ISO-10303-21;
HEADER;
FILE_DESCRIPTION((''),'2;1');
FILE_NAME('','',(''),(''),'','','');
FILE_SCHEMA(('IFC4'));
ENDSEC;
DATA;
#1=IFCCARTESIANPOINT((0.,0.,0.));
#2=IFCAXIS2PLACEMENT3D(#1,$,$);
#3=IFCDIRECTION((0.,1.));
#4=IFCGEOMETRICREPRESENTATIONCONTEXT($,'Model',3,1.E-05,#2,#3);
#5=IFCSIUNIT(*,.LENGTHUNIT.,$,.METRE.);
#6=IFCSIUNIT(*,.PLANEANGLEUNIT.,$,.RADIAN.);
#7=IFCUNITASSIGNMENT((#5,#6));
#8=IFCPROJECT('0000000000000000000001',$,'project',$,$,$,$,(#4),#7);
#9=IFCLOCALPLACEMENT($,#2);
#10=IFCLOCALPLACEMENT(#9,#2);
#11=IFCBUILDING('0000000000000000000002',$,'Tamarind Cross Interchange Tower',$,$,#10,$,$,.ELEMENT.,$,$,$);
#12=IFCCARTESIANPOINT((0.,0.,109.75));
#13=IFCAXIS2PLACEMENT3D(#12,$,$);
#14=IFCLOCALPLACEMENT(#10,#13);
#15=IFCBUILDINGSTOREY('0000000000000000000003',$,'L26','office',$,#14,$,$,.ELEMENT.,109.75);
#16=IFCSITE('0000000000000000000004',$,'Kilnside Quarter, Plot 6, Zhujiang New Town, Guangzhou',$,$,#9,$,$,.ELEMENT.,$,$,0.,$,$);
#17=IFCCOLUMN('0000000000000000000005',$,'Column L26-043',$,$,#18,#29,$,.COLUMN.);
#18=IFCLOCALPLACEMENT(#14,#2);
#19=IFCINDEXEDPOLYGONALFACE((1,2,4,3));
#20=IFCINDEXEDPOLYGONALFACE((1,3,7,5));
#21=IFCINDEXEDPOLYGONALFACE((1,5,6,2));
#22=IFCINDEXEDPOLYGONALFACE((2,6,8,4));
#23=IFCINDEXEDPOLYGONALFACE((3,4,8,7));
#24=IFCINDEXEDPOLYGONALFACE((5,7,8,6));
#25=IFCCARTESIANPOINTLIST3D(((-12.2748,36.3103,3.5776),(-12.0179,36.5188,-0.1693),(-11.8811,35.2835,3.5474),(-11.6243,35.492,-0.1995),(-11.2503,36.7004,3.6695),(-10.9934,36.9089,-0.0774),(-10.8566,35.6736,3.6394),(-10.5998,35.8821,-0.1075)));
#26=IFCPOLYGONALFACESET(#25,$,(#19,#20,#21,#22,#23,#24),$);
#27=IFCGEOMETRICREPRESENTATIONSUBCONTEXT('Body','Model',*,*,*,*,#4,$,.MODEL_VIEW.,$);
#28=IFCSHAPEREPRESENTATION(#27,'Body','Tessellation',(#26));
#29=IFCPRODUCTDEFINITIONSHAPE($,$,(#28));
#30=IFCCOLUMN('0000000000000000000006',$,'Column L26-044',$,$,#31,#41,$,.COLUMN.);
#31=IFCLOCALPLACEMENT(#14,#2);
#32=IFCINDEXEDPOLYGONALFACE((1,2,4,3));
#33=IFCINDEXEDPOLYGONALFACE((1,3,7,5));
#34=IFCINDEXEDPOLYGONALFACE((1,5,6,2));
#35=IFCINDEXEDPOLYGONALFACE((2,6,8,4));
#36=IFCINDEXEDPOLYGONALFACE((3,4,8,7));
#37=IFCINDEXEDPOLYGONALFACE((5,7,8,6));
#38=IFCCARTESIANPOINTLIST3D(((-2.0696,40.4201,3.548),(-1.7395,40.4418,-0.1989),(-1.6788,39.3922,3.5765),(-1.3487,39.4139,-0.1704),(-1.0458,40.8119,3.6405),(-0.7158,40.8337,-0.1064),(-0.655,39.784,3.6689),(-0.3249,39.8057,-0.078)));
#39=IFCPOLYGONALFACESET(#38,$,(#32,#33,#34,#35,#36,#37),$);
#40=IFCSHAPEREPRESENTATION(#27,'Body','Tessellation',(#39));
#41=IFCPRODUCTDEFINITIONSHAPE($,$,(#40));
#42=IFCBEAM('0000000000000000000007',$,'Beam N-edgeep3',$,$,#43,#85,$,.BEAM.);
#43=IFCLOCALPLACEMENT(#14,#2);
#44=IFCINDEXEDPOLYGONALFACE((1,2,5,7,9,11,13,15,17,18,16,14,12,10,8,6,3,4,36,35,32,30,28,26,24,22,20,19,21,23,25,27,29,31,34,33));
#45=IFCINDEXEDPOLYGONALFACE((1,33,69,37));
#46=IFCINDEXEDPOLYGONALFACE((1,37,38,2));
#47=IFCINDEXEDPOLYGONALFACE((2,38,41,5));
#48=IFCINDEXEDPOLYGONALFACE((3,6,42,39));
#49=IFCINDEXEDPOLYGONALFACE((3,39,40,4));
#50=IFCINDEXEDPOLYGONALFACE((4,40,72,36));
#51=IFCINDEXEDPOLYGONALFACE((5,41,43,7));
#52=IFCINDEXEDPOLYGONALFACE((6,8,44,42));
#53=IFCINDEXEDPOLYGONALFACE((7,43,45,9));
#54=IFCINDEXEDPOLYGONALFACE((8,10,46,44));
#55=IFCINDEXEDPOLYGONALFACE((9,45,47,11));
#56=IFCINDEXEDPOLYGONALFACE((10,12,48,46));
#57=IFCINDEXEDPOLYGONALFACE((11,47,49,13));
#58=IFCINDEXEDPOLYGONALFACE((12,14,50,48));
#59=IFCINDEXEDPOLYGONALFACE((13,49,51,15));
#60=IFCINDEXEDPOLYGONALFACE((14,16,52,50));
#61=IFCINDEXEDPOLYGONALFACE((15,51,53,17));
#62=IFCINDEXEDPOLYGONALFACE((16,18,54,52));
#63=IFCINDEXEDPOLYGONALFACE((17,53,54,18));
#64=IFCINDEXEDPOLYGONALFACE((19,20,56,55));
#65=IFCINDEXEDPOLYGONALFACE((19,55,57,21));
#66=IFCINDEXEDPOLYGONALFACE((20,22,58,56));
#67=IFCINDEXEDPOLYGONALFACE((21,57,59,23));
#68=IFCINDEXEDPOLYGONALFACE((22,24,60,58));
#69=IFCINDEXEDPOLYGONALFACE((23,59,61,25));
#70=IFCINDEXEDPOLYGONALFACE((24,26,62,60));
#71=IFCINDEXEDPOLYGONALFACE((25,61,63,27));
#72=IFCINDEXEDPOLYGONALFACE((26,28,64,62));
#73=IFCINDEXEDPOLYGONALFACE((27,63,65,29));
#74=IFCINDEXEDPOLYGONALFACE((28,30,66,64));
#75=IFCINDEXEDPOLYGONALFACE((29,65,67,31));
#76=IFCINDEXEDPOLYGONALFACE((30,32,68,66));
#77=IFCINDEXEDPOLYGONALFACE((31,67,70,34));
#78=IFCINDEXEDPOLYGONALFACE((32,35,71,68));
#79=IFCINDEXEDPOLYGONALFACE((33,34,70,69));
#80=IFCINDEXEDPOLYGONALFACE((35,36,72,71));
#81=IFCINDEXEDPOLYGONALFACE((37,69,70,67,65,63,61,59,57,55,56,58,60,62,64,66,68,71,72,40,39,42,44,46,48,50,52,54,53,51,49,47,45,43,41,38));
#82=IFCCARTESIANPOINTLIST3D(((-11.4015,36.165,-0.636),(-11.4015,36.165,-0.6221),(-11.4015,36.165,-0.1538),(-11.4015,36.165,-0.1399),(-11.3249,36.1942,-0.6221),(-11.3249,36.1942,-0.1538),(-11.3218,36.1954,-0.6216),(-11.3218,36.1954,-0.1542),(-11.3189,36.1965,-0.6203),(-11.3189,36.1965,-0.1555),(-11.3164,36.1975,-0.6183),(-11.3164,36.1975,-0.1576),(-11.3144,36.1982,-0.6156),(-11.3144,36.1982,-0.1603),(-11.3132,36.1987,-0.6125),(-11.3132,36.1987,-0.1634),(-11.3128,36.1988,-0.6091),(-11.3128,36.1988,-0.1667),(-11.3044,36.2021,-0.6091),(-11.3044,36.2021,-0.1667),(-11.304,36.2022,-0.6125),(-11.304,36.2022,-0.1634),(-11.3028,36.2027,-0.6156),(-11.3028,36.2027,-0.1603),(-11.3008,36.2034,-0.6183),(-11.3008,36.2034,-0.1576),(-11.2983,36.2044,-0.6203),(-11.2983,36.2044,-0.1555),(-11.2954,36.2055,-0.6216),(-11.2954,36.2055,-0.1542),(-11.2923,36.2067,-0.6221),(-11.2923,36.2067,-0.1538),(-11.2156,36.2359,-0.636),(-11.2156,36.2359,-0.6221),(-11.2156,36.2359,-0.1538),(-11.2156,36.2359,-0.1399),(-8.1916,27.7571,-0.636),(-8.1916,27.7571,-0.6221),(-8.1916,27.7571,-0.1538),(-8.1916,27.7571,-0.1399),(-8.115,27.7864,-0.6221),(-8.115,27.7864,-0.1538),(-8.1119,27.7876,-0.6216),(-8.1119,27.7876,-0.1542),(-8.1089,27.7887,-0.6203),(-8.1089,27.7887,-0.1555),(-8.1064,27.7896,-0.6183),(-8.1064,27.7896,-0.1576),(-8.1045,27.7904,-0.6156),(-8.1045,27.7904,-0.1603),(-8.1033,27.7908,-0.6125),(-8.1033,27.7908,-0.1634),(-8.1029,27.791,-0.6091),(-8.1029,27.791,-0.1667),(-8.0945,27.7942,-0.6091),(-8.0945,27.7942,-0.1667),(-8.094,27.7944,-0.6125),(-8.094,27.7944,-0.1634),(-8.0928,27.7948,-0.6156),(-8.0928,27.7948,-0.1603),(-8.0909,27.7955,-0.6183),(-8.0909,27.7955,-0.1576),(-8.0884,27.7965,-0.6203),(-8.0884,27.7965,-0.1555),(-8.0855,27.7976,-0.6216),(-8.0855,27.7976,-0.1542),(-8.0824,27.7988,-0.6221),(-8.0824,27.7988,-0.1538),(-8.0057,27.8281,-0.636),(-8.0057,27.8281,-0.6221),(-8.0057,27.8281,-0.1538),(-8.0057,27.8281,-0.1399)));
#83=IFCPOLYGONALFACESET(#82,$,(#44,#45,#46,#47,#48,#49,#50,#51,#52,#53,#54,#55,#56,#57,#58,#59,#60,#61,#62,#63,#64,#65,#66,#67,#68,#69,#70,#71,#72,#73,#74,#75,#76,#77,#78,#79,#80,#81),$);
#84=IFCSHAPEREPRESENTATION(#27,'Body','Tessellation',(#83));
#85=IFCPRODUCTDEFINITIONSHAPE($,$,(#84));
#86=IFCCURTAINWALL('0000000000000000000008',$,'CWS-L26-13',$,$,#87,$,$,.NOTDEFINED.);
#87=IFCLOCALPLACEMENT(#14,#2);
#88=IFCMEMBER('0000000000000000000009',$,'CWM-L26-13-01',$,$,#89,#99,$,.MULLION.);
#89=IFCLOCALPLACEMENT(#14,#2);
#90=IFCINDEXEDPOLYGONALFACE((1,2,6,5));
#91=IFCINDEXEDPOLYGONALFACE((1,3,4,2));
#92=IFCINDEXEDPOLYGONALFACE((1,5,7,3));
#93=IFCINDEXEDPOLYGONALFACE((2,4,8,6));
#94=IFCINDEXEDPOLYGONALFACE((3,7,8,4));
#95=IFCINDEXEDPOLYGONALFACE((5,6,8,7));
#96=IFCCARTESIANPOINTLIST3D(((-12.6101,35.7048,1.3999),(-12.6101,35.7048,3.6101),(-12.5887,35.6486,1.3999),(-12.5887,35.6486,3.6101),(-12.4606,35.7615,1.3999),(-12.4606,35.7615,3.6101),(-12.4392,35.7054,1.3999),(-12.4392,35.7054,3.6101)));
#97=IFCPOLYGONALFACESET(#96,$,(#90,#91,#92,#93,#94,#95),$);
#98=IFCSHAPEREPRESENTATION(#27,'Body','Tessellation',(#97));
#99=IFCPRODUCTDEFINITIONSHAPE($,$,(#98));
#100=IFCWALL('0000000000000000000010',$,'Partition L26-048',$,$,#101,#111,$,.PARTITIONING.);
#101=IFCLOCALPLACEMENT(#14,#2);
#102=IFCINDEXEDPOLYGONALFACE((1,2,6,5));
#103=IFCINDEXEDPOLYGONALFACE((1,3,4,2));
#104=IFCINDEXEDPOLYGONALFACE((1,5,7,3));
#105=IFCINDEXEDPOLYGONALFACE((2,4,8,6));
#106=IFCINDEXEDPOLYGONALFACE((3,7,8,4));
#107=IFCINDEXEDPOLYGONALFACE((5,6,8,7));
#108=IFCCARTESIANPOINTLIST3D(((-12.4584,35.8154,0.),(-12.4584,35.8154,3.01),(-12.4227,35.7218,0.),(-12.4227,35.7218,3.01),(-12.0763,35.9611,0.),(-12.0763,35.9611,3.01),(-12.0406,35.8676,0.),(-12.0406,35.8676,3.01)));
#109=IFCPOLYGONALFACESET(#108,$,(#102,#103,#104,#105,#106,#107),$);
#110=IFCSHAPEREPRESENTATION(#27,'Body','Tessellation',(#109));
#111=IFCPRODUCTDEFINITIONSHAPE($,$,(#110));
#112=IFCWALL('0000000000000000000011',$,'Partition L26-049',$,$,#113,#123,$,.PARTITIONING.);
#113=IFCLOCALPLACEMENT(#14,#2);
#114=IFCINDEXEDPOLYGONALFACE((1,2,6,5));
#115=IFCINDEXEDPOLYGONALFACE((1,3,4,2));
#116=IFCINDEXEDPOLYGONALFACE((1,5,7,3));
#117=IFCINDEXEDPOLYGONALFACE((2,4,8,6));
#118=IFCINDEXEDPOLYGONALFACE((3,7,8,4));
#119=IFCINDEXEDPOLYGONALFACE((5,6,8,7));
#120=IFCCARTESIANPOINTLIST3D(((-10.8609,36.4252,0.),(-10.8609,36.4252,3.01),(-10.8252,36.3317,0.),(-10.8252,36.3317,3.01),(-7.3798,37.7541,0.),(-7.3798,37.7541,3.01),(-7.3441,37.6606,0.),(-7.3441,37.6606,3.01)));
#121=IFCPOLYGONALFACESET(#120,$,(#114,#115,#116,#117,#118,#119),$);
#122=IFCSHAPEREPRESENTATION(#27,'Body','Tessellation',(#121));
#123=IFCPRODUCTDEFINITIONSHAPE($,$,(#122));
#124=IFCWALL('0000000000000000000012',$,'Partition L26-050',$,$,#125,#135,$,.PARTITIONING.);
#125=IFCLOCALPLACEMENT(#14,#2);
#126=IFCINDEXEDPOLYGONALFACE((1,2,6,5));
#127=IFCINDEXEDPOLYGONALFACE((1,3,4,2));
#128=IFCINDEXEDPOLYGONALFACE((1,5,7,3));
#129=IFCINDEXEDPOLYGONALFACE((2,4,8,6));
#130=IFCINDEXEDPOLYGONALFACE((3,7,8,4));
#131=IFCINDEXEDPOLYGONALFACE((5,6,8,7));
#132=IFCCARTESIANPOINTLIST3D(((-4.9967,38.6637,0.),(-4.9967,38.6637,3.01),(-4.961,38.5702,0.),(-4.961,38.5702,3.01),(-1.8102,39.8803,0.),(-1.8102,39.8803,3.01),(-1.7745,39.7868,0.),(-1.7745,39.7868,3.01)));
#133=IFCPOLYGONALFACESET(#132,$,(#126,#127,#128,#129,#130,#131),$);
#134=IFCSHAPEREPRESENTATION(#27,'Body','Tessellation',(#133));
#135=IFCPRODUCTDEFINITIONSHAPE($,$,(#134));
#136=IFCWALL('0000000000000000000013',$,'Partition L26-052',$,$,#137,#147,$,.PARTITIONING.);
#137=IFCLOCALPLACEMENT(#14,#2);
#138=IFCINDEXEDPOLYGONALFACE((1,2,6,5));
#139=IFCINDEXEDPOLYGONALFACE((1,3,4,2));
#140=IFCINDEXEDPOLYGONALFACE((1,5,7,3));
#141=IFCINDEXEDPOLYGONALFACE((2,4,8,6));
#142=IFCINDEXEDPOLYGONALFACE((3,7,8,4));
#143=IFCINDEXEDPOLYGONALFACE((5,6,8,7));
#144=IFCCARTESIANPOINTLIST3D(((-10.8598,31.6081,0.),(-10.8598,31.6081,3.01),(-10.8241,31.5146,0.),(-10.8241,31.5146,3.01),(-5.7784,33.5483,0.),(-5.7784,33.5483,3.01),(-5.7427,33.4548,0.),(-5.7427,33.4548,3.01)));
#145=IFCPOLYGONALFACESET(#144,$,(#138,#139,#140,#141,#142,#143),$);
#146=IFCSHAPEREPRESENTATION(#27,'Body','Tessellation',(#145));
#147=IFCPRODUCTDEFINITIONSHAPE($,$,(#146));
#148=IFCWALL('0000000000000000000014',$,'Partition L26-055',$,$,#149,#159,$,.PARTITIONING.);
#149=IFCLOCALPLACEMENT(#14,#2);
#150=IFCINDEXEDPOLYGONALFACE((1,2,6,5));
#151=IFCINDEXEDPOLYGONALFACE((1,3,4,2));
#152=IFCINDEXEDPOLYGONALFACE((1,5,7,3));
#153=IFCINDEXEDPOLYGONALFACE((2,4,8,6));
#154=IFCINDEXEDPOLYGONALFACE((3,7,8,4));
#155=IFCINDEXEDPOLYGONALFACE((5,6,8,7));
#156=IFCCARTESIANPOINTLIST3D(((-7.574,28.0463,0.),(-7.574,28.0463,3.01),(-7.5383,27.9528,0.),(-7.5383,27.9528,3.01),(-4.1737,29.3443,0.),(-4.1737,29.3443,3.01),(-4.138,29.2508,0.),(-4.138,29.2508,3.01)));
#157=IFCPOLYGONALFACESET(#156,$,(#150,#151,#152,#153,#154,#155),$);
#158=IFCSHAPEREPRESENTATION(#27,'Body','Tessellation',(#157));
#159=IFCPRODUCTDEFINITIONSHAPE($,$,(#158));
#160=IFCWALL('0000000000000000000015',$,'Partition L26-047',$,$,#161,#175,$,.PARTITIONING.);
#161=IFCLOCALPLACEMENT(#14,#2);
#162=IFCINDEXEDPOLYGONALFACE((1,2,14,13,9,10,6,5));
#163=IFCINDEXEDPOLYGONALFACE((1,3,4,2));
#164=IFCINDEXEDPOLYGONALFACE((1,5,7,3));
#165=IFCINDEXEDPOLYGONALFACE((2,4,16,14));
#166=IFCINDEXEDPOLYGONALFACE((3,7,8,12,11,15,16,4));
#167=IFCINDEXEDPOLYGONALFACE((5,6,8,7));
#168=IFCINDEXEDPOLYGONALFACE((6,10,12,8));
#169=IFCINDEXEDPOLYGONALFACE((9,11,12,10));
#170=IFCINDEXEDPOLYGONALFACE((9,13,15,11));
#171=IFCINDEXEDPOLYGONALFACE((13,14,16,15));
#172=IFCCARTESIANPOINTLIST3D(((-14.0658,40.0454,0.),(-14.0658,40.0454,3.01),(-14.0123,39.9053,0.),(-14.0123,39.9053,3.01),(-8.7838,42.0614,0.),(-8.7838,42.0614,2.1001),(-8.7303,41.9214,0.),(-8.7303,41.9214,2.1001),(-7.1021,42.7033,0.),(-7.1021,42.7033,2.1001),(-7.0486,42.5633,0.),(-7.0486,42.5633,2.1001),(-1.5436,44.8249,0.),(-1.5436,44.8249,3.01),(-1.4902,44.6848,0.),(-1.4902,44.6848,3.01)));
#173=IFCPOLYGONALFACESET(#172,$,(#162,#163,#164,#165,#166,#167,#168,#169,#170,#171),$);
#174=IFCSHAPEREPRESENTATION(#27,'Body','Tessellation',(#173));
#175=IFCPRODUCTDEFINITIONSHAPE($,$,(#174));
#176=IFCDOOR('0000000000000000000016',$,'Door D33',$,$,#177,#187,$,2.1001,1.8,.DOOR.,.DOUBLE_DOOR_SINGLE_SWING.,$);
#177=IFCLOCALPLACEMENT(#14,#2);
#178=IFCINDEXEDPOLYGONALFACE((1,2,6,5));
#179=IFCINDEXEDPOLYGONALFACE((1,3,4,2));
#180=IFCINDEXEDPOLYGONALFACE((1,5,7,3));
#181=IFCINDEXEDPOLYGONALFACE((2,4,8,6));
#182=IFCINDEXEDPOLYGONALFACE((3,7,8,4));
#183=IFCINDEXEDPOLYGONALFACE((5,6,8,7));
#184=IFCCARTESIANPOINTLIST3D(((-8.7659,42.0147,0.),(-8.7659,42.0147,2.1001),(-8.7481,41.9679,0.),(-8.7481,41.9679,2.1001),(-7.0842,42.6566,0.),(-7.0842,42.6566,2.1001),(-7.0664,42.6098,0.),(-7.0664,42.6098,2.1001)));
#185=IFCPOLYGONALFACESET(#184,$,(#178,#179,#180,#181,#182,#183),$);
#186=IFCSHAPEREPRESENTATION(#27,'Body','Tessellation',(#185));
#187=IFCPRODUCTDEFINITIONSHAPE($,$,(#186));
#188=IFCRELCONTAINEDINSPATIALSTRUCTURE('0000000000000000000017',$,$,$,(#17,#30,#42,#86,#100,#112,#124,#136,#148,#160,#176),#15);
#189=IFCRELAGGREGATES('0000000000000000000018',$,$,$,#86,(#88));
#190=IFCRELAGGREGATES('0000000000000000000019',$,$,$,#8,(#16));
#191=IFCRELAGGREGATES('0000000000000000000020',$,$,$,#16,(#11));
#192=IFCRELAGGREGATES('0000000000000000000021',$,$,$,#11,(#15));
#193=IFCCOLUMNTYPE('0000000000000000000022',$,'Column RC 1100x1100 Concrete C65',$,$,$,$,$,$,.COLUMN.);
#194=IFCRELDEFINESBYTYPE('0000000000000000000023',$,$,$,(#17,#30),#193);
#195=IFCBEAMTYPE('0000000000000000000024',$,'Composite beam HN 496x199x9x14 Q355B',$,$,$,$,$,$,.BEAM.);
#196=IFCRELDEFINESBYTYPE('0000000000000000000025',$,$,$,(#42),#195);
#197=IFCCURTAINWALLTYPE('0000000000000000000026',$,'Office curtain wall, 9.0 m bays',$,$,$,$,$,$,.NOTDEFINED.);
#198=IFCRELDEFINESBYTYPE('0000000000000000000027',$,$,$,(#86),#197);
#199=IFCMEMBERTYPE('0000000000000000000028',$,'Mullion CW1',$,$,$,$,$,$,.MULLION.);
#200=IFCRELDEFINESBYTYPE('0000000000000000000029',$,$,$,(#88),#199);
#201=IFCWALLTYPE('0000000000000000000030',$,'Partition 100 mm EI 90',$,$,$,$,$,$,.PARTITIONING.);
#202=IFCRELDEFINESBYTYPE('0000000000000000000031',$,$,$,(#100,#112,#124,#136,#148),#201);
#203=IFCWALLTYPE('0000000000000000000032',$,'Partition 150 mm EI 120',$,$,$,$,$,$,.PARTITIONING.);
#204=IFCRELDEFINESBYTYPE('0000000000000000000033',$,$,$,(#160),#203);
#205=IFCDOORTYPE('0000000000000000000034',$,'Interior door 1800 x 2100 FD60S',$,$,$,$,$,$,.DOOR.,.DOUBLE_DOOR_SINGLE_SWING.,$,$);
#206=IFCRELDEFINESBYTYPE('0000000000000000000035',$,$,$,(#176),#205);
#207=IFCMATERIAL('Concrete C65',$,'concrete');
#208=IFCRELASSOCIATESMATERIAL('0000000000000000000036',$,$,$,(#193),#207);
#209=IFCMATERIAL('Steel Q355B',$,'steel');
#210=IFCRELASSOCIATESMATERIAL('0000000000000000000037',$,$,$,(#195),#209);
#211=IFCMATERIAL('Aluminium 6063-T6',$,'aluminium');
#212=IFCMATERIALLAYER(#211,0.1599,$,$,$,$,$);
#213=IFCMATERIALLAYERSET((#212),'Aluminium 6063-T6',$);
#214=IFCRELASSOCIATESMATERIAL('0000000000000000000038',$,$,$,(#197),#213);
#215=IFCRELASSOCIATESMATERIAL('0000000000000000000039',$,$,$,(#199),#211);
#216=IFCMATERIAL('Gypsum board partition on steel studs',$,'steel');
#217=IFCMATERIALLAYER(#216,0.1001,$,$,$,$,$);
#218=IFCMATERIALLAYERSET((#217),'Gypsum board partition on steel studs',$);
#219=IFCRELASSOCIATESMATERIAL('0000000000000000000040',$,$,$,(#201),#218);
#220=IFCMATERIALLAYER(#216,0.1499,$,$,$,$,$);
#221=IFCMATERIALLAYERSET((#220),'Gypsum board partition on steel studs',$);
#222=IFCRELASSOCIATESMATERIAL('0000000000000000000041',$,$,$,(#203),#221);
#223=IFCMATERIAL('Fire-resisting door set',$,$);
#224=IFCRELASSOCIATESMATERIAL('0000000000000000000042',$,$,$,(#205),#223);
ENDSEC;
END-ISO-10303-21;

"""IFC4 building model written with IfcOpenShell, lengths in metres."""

from ifc_helpers import new_model, si_unit, direction, frame, frame_2d, origin, origin_2d, place, context, subcontext, project, spatial, rectangle, i_section, extrude, material, layer, layer_set, material_profile, profile_set, type_object, element, fill, aggregate, save


model = new_model("IFC4")

# Units and contexts
model_context = context("Model", 3, precision=1e-05, world=origin(), true_north=direction((0.0, 1.0)))
body_context = subcontext(model_context, "Body", "Model", "MODEL_VIEW")
ifc_project = project(units=[si_unit("LENGTHUNIT", "METRE"), si_unit("PLANEANGLEUNIT", "RADIAN")], contexts=[model_context])

# Site, building, storey
site_placement = place(None, origin())
site = spatial("IfcSite", under=ifc_project, at=site_placement, Name="Kilnside Quarter, Plot 6, Zhujiang New Town, Guangzhou", CompositionType="ELEMENT", RefElevation=0.0)
building_placement = place(site_placement, origin())
building = spatial("IfcBuilding", under=site, at=building_placement, Name="Tamarind Cross Interchange Tower", CompositionType="ELEMENT")
storey_placement = place(building_placement, frame((0.0, 0.0, 109.75)))
storey = spatial("IfcBuildingStorey", under=building, at=storey_placement, Name="L26", Description="office", CompositionType="ELEMENT", Elevation=109.75)

# Columns
ifc_material_1 = material(Name="Concrete C65", Category="concrete")
ifc_material_profile_1 = material_profile(ifc_material_1, rectangle(XDim=1.1001, YDim=1.1001, at=origin_2d()), Name="RC 1100x1100")
ifc_profile_set_1 = profile_set([ifc_material_profile_1], Name="Concrete C65")
column_type = type_object("IfcColumnType", Name="Column RC 1100x1100 Concrete C65", PredefinedType="COLUMN", material=ifc_profile_set_1)
for number, where, z_axis, x_axis, name in (
    (1, (-11.3088, 36.2004, -0.1384), (-0.068282, -0.05543, 0.996125), (0.931281, 0.354587, 0.083568), "Column L26-043"),
    (2, (-1.0322, 40.1238, -0.1384), (-0.087754, -0.005777, 0.996125), (0.355279, -0.934402, 0.02588), "Column L26-044"),
):
    element("IfcColumn", number, at=place(storey_placement, frame(where, z_axis=z_axis, x_axis=x_axis)), inside=storey, type_object=column_type, Name=name, PredefinedType="COLUMN", context=body_context, shape_type="SweptSolid", body=[
        extrude(rectangle(XDim=1.1001, YDim=1.1001, at=origin_2d()), origin(), (0.0, 0.0, 1.0), 3.7615),
    ])

# Beam
ifc_material_2 = material(Name="Steel Q355B", Category="steel")
ifc_material_profile_2 = material_profile(ifc_material_2, i_section(OverallWidth=0.199, OverallDepth=0.4961, WebThickness=0.009, FlangeThickness=0.0139, FilletRadius=0.0129, at=origin_2d()), Name="HN 496x199x9x14")
ifc_profile_set_2 = profile_set([ifc_material_profile_2], Name="Steel Q355B")
beam_type = type_object("IfcBeamType", Name="Composite beam HN 496x199x9x14 Q355B", PredefinedType="BEAM", material=ifc_profile_set_2)
beam_placement = place(storey_placement, frame((-11.3086, 36.2004, -0.3879), z_axis=(0.356668, -0.934231, 0.0), x_axis=(0.934231, 0.356668, 0.0)))
element("IfcBeam", 3, at=beam_placement, inside=storey, type_object=beam_type, Name="Beam N-edgeep3", PredefinedType="BEAM", context=body_context, shape_type="SweptSolid", body=[
    extrude(i_section(OverallWidth=0.199, OverallDepth=0.4961, WebThickness=0.009, FlangeThickness=0.0139, FilletRadius=0.0129, at=origin_2d()), origin(), (0.0, 0.0, 1.0), 8.9998),
])

# Curtain wall, member
ifc_material_3 = material(Name="Aluminium 6063-T6", Category="aluminium")
ifc_layer_1 = layer(ifc_material_3, 0.1599)
ifc_layer_set_1 = layer_set([ifc_layer_1], Name="Aluminium 6063-T6")
curtain_wall_type = type_object("IfcCurtainWallType", Name="Office curtain wall, 9.0 m bays", PredefinedType="NOTDEFINED", material=ifc_layer_set_1)
curtain_wall_placement = place(storey_placement, origin())
curtain_wall = element("IfcCurtainWall", 4, at=curtain_wall_placement, inside=storey, type_object=curtain_wall_type, Name="CWS-L26-13", PredefinedType="NOTDEFINED")
ifc_material_profile_3 = material_profile(ifc_material_3, rectangle(XDim=0.0601, YDim=0.1599, at=origin_2d()), Name="Mullion CW1")
ifc_profile_set_3 = profile_set([ifc_material_profile_3], Name="Aluminium 6063-T6")
member_type = type_object("IfcMemberType", Name="Mullion CW1", PredefinedType="MULLION", material=ifc_profile_set_3)
member_placement = place(storey_placement, frame((-12.5247, 35.7051, 1.3999), z_axis=(0.0, 0.0, 1.0), x_axis=(0.355186, -0.934796, 0.0)))
member = element("IfcMember", 5, at=member_placement, type_object=member_type, Name="CWM-L26-13-01", PredefinedType="MULLION", context=body_context, shape_type="SweptSolid", body=[
    extrude(rectangle(XDim=0.0601, YDim=0.1599, at=origin_2d()), origin(), (0.0, 0.0, 1.0), 2.2102),
])
aggregate(curtain_wall, [member])

# Walls
ifc_material_4 = material(Name="Gypsum board partition on steel studs", Category="steel")
ifc_layer_2 = layer(ifc_material_4, 0.1001)
ifc_layer_set_2 = layer_set([ifc_layer_2], Name="Gypsum board partition on steel studs")
wall_type_1 = type_object("IfcWallType", Name="Partition 100 mm EI 90", PredefinedType="PARTITIONING", material=ifc_layer_set_2)
wall_1_placement = place(storey_placement, frame((-12.4407, 35.7686, 0.0), z_axis=(0.0, 0.0, 1.0), x_axis=(0.934327, 0.356417, 0.0)))
element("IfcWall", 6, at=wall_1_placement, inside=storey, type_object=wall_type_1, Name="Partition L26-048", PredefinedType="PARTITIONING", context=body_context, shape_type="SweptSolid", body=[
    extrude(rectangle(XDim=0.4089, YDim=0.1001, at=frame_2d((0.2046, 0.0))), origin(), (0.0, 0.0, 1.0), 3.01),
])
wall_2_placement = place(storey_placement, frame((-10.843, 36.3784, 0.0), z_axis=(0.0, 0.0, 1.0), x_axis=(0.934239, 0.356646, 0.0)))
element("IfcWall", 7, at=wall_2_placement, inside=storey, type_object=wall_type_1, Name="Partition L26-049", PredefinedType="PARTITIONING", context=body_context, shape_type="SweptSolid", body=[
    extrude(rectangle(XDim=3.7261, YDim=0.1001, at=frame_2d((1.863, 0.0))), origin(), (0.0, 0.0, 1.0), 3.01),
])
wall_3_placement = place(storey_placement, frame((-4.979, 38.6169, 0.0), z_axis=(0.0, 0.0, 1.0), x_axis=(0.93423, 0.356671, 0.0)))
element("IfcWall", 8, at=wall_3_placement, inside=storey, type_object=wall_type_1, Name="Partition L26-050", PredefinedType="PARTITIONING", context=body_context, shape_type="SweptSolid", body=[
    extrude(rectangle(XDim=3.4109, YDim=0.1001, at=frame_2d((1.7056, 0.0))), origin(), (0.0, 0.0, 1.0), 3.01),
])
wall_4_placement = place(storey_placement, frame((-10.842, 31.5613, 0.0), z_axis=(0.0, 0.0, 1.0), x_axis=(0.934215, 0.35671, 0.0)))
element("IfcWall", 9, at=wall_4_placement, inside=storey, type_object=wall_type_1, Name="Partition L26-052", PredefinedType="PARTITIONING", context=body_context, shape_type="SweptSolid", body=[
    extrude(rectangle(XDim=5.4392, YDim=0.1001, at=frame_2d((2.7197, 0.0))), origin(), (0.0, 0.0, 1.0), 3.01),
])
wall_5_placement = place(storey_placement, frame((-7.5562, 27.9995, 0.0), z_axis=(0.0, 0.0, 1.0), x_axis=(0.93424, 0.356645, 0.0)))
element("IfcWall", 10, at=wall_5_placement, inside=storey, type_object=wall_type_1, Name="Partition L26-055", PredefinedType="PARTITIONING", context=body_context, shape_type="SweptSolid", body=[
    extrude(rectangle(XDim=3.6396, YDim=0.1001, at=frame_2d((1.8198, 0.0))), origin(), (0.0, 0.0, 1.0), 3.01),
])

# Wall, opening, door
ifc_layer_3 = layer(ifc_material_4, 0.1499)
ifc_layer_set_3 = layer_set([ifc_layer_3], Name="Gypsum board partition on steel studs")
wall_type_2 = type_object("IfcWallType", Name="Partition 150 mm EI 120", PredefinedType="PARTITIONING", material=ifc_layer_set_3)
wall_6_placement = place(storey_placement, frame((-14.0391, 39.9753, 0.0), z_axis=(0.0, 0.0, 1.0), x_axis=(0.93426, 0.356593, 0.0)))
wall_6 = element("IfcWall", 11, at=wall_6_placement, inside=storey, type_object=wall_type_2, Name="Partition L26-047", PredefinedType="PARTITIONING", context=body_context, shape_type="SweptSolid", body=[
    extrude(rectangle(XDim=13.4033, YDim=0.1499, at=frame_2d((6.7017, 0.0))), origin(), (0.0, 0.0, 1.0), 3.01),
])
opening_placement = place(wall_6_placement, frame((5.6538, 0.0, 0.0)))
opening = element("IfcOpeningElement", 12, at=opening_placement, cuts=wall_6, PredefinedType="OPENING", context=body_context, shape_type="SweptSolid", body=[
    extrude(rectangle(XDim=1.8, YDim=2.1001, at=frame_2d((0.8999, 1.05))), frame((0.0, 0.085, 0.0), z_axis=(0.0, -1.0, 0.0), x_axis=(1.0, 0.0, 0.0)), (0.0, 0.0, 1.0), 0.1699),
])
ifc_material_5 = material(Name="Fire-resisting door set")
door_type = type_object("IfcDoorType", Name="Interior door 1800 x 2100 FD60S", OperationType="DOUBLE_DOOR_SINGLE_SWING", PredefinedType="DOOR", material=ifc_material_5)
door_placement = place(opening_placement, origin())
door = element("IfcDoor", 13, at=door_placement, inside=storey, type_object=door_type, Name="Door D33", OperationType="DOUBLE_DOOR_SINGLE_SWING", OverallHeight=2.1001, OverallWidth=1.8, PredefinedType="DOOR", context=body_context, shape_type="SweptSolid", body=[
    extrude(rectangle(XDim=1.8, YDim=2.1001, at=frame_2d((0.8999, 1.05))), frame((0.0, 0.0249, 0.0), z_axis=(0.0, -1.0, 0.0), x_axis=(1.0, 0.0, 0.0)), (0.0, 0.0, 1.0), 0.05),
])
fill(opening, door)

save(model, "model.ifc")
